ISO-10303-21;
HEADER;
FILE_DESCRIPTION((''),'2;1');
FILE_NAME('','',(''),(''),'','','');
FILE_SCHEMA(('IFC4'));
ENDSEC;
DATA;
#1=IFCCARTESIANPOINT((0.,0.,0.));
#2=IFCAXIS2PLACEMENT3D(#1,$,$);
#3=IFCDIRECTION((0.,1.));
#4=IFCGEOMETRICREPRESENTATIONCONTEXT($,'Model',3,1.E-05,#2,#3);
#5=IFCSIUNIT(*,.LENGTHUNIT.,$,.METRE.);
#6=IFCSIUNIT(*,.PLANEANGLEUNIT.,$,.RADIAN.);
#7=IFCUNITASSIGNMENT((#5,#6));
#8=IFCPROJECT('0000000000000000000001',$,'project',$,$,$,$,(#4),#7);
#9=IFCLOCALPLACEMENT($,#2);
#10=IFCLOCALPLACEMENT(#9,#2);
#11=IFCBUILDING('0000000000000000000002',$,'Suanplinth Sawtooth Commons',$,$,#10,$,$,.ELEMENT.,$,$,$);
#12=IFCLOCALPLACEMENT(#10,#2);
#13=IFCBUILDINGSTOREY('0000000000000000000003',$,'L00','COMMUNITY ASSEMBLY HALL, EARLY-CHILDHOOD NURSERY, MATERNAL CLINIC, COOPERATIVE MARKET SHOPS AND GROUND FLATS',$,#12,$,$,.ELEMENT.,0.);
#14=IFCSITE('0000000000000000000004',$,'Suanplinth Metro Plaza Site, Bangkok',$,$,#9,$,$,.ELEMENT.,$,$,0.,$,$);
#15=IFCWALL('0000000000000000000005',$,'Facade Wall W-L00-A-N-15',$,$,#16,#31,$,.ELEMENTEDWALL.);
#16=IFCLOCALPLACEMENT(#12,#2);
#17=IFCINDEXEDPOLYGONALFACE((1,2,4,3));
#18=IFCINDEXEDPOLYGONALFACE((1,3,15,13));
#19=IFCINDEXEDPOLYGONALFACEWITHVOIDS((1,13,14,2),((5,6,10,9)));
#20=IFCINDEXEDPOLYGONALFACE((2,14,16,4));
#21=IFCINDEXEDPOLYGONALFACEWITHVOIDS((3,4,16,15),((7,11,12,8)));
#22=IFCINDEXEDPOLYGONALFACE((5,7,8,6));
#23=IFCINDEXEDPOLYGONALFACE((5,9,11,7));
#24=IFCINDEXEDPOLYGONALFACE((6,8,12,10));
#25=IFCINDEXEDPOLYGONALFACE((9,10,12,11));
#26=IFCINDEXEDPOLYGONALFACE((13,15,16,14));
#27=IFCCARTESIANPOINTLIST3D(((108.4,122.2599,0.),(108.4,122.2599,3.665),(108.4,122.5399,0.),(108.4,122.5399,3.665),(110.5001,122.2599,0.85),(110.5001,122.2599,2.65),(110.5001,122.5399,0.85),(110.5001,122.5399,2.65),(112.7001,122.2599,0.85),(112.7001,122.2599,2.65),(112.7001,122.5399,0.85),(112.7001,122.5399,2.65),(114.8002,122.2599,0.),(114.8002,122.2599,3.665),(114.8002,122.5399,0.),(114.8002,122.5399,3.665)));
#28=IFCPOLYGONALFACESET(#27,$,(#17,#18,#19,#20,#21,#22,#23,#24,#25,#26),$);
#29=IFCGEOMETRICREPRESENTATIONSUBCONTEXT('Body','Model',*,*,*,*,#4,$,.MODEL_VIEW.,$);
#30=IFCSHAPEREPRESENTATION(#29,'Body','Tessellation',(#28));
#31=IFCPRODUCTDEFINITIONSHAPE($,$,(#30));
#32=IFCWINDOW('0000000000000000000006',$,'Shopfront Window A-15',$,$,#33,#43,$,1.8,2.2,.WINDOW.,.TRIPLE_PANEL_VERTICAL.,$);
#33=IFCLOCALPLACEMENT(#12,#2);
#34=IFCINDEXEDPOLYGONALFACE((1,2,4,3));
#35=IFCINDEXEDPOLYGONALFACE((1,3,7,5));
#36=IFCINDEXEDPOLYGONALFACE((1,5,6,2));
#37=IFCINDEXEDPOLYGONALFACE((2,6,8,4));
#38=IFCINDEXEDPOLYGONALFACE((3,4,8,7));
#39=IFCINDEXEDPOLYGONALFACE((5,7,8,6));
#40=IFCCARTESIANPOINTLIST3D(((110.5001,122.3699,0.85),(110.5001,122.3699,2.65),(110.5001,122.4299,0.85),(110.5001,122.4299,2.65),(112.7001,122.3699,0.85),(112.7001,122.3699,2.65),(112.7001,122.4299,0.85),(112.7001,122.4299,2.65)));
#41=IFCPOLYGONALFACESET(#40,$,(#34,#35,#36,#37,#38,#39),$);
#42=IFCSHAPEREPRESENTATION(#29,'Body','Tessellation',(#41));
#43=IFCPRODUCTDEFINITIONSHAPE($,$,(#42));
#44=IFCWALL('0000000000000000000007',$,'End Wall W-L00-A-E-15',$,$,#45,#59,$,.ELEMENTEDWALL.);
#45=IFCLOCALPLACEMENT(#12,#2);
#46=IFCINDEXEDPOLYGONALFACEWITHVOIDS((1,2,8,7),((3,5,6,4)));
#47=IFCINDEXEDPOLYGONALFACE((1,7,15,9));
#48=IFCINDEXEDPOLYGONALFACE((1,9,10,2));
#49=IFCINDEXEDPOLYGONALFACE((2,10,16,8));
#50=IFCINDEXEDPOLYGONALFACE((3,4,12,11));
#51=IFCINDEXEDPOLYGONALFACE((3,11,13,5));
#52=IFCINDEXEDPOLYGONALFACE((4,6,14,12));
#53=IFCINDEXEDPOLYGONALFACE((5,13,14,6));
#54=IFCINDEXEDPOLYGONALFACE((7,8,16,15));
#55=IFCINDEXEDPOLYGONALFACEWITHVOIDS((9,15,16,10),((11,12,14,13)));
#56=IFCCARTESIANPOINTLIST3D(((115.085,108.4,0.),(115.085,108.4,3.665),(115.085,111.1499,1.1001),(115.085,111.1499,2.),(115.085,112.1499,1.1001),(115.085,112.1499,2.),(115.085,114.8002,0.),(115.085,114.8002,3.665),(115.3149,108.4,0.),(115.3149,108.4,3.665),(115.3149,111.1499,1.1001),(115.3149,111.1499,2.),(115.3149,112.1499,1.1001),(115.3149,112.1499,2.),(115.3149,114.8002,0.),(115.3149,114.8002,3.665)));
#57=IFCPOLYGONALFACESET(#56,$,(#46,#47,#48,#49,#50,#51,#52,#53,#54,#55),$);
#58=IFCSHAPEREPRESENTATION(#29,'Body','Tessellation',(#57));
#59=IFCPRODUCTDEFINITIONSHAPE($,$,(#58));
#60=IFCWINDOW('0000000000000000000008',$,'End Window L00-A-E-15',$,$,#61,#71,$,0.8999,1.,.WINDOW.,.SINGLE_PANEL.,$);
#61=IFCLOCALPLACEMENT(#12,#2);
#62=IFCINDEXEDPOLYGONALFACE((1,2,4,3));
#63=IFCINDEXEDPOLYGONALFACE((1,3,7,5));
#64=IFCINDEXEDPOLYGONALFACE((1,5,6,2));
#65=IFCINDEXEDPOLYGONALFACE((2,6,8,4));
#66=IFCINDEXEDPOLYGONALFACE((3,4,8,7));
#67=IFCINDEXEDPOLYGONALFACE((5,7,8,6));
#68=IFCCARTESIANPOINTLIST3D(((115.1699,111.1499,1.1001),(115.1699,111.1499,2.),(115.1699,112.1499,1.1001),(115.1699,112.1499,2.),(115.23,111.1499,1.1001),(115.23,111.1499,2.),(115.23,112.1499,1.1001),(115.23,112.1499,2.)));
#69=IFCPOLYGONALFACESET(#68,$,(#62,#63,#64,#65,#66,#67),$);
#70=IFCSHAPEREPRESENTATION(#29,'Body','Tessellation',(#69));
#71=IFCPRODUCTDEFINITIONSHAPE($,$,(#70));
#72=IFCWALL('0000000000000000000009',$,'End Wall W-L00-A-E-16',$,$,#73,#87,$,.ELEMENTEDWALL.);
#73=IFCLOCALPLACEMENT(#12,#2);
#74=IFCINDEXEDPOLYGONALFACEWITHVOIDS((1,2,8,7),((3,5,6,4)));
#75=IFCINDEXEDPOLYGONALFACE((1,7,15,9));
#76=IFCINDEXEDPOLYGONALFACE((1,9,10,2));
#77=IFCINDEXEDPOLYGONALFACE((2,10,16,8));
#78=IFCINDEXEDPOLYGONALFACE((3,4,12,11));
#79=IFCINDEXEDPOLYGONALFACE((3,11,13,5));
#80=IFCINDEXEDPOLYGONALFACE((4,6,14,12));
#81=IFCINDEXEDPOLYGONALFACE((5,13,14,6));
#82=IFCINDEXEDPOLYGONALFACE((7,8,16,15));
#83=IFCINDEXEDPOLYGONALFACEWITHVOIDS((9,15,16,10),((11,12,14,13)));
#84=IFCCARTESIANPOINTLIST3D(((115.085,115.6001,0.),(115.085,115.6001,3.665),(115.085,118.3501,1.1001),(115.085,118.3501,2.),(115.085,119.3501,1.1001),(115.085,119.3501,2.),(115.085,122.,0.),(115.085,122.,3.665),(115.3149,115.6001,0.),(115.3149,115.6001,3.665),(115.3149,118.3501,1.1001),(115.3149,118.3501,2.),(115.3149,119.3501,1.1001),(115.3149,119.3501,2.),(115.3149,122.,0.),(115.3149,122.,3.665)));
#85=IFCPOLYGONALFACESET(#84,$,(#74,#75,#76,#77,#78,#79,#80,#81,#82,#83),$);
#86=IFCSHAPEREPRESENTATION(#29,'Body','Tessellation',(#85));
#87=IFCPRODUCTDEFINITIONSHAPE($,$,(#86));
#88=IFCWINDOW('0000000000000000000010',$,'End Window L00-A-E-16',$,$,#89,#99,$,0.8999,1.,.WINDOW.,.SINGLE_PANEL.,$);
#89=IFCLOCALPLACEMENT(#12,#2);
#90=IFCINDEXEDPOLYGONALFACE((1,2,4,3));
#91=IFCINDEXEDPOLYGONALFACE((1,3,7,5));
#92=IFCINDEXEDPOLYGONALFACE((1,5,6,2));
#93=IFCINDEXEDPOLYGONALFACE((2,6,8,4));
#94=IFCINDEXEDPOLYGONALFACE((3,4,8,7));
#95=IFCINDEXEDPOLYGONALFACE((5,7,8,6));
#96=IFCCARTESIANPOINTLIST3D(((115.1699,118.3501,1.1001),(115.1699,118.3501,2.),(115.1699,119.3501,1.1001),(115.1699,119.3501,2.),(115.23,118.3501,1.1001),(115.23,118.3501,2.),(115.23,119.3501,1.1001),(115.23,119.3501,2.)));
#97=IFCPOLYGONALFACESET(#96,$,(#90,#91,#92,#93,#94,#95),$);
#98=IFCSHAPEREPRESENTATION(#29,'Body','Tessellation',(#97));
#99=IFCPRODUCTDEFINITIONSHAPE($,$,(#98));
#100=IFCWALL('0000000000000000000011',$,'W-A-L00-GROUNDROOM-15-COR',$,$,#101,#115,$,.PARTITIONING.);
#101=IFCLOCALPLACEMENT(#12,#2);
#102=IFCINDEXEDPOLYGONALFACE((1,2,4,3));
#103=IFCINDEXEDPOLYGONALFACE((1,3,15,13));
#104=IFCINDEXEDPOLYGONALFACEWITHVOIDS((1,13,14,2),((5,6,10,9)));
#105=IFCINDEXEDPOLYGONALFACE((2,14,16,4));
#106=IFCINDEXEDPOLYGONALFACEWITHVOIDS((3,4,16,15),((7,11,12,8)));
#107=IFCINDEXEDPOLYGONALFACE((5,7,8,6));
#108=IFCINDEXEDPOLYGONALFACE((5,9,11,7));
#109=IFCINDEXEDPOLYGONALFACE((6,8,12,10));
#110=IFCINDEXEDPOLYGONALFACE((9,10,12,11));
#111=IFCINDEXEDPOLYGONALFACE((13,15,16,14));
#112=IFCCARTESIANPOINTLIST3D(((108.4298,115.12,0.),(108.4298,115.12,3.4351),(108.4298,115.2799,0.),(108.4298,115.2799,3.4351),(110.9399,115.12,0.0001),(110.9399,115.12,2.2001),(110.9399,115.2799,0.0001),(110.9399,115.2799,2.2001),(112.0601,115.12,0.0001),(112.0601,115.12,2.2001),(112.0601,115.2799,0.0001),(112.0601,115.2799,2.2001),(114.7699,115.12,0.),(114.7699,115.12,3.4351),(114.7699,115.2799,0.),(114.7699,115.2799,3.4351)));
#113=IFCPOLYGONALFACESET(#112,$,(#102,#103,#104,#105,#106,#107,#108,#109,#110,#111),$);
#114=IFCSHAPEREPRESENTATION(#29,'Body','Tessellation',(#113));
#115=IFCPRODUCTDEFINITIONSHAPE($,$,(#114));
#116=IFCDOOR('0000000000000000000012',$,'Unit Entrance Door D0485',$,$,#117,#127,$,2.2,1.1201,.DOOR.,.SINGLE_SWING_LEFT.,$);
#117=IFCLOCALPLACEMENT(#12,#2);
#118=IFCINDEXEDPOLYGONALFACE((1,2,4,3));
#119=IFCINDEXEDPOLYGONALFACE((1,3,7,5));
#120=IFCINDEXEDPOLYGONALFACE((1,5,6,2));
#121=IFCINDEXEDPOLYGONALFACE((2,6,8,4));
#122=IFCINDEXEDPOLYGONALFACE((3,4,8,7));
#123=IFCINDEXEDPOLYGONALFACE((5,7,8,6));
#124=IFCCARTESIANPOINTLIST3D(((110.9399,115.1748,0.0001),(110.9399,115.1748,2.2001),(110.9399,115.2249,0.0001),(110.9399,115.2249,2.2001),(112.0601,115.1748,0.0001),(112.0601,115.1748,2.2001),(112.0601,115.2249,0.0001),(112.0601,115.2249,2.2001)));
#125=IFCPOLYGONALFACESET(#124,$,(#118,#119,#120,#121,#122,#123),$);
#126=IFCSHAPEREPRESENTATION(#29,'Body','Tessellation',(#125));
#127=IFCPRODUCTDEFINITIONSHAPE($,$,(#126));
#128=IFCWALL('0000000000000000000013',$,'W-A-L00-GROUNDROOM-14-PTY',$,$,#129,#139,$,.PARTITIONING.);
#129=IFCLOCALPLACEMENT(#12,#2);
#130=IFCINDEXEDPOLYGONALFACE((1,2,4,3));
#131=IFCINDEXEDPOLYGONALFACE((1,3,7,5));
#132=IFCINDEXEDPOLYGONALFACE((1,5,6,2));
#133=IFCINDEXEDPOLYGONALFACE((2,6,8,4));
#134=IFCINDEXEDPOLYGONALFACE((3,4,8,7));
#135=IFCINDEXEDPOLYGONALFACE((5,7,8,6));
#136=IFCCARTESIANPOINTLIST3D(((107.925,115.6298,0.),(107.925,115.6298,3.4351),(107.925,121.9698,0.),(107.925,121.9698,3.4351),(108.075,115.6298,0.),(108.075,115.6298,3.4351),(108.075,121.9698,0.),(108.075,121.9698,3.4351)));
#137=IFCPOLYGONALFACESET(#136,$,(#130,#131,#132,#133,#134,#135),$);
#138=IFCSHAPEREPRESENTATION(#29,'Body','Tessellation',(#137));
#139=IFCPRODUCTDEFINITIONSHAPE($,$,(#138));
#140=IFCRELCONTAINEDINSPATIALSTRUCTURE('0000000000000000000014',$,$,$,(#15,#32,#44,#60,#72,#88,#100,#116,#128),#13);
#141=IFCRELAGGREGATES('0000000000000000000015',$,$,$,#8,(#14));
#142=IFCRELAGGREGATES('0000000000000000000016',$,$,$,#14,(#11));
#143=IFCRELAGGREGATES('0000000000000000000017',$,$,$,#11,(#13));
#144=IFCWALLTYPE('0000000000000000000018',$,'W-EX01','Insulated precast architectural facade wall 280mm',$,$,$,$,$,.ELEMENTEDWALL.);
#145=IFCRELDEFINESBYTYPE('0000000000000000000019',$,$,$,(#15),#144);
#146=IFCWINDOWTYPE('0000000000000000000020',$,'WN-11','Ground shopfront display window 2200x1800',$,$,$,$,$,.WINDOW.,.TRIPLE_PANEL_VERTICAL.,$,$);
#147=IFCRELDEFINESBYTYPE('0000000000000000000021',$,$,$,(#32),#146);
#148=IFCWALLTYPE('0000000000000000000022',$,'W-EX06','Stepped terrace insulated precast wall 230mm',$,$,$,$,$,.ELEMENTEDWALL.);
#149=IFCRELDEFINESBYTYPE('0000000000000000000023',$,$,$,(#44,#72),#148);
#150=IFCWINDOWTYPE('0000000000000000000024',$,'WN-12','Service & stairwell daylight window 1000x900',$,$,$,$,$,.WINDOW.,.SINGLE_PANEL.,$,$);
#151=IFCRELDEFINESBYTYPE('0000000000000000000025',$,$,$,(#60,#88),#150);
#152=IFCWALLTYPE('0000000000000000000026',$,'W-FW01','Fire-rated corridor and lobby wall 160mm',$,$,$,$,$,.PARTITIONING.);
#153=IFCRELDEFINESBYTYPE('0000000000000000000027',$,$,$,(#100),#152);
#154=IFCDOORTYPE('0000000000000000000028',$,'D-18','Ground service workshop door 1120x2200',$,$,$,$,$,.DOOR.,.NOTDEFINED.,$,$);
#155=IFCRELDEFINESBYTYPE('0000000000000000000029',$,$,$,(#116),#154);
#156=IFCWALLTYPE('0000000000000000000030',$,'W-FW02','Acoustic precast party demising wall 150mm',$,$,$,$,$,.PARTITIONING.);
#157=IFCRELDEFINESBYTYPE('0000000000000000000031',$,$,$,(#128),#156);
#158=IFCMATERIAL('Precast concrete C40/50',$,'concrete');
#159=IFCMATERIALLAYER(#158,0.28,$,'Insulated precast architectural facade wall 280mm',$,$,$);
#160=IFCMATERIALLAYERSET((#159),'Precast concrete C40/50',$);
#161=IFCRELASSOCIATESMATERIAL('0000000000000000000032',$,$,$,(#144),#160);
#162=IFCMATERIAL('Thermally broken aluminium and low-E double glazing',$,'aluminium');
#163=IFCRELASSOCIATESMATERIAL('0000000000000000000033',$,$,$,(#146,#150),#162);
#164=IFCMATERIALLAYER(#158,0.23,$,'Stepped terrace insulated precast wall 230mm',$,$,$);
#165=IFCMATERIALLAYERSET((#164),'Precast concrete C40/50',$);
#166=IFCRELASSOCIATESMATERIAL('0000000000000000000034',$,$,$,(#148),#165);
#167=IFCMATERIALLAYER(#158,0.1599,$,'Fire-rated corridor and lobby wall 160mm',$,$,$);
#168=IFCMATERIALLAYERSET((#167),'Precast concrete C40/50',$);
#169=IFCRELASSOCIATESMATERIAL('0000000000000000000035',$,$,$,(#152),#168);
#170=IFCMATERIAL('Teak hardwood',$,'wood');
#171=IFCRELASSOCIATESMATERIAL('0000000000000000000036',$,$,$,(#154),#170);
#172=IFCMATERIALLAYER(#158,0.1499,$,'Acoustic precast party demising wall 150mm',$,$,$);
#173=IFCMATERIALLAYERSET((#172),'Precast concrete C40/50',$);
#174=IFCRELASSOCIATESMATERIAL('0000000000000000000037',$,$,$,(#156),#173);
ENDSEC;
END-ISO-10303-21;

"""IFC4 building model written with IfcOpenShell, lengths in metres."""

from ifc_helpers import new_model, si_unit, direction, frame, frame_2d, origin, place, context, subcontext, project, spatial, rectangle, extrude, material, layer, layer_set, type_object, element, fill, save


model = new_model("IFC4")

# Units and contexts
model_context = context("Model", 3, precision=1e-05, world=origin(), true_north=direction((0.0, 1.0)))
body_context = subcontext(model_context, "Body", "Model", "MODEL_VIEW")
ifc_project = project(units=[si_unit("LENGTHUNIT", "METRE"), si_unit("PLANEANGLEUNIT", "RADIAN")], contexts=[model_context])

# Site, building, storey
site_placement = place(None, origin())
site = spatial("IfcSite", under=ifc_project, at=site_placement, Name="Suanplinth Metro Plaza Site, Bangkok", CompositionType="ELEMENT", RefElevation=0.0)
building_placement = place(site_placement, origin())
building = spatial("IfcBuilding", under=site, at=building_placement, Name="Suanplinth Sawtooth Commons", CompositionType="ELEMENT")
storey_placement = place(building_placement, origin())
storey = spatial("IfcBuildingStorey", under=building, at=storey_placement, Name="L00", Description="COMMUNITY ASSEMBLY HALL, EARLY-CHILDHOOD NURSERY, MATERNAL CLINIC, COOPERATIVE MARKET SHOPS AND GROUND FLATS", CompositionType="ELEMENT", Elevation=0.0)

# Shared definitions
ifc_material_1 = material(Name="Precast concrete C40/50", Category="concrete")

# Walls, openings, windows
ifc_layer_1 = layer(ifc_material_1, 0.28, Name="Insulated precast architectural facade wall 280mm")
ifc_layer_set_1 = layer_set([ifc_layer_1], Name="Precast concrete C40/50")
wall_type_1 = type_object("IfcWallType", Name="W-EX01", Description="Insulated precast architectural facade wall 280mm", PredefinedType="ELEMENTEDWALL", material=ifc_layer_set_1)
wall_1_placement = place(storey_placement, frame((108.3999, 122.3999, 0.0), z_axis=(0.0, 0.0, 1.0), x_axis=(1.0, 0.0, 0.0)))
wall_1 = element("IfcWall", 1, at=wall_1_placement, inside=storey, type_object=wall_type_1, Name="Facade Wall W-L00-A-N-15", PredefinedType="ELEMENTEDWALL", context=body_context, shape_type="SweptSolid", body=[
    extrude(rectangle(XDim=6.4001, YDim=0.28, at=frame_2d((3.2002, 0.0))), origin(), (0.0, 0.0, 1.0), 3.665),
])
opening_1_placement = place(wall_1_placement, frame((2.1001, 0.0, 0.8501)))
opening_1 = element("IfcOpeningElement", 2, at=opening_1_placement, cuts=wall_1, PredefinedType="OPENING", context=body_context, shape_type="SweptSolid", body=[
    extrude(rectangle(XDim=2.2, YDim=1.8, at=frame_2d((1.1001, 0.8999))), frame((0.0, 0.1548, 0.0), z_axis=(0.0, -1.0, 0.0), x_axis=(1.0, 0.0, 0.0)), (0.0, 0.0, 1.0), 0.3098),
])
ifc_material_2 = material(Name="Thermally broken aluminium and low-E double glazing", Category="aluminium")
window_type_1 = type_object("IfcWindowType", Name="WN-11", Description="Ground shopfront display window 2200x1800", PartitioningType="TRIPLE_PANEL_VERTICAL", PredefinedType="WINDOW", material=ifc_material_2)
window_1_placement = place(opening_1_placement, origin())
window_1 = element("IfcWindow", 3, at=window_1_placement, inside=storey, type_object=window_type_1, Name="Shopfront Window A-15", OverallHeight=1.8, OverallWidth=2.2, PartitioningType="TRIPLE_PANEL_VERTICAL", PredefinedType="WINDOW", context=body_context, shape_type="SweptSolid", body=[
    extrude(rectangle(XDim=2.2, YDim=1.8, at=frame_2d((1.1001, 0.8999))), frame((0.0, 0.03, 0.0), z_axis=(0.0, -1.0, 0.0), x_axis=(1.0, 0.0, 0.0)), (0.0, 0.0, 1.0), 0.0601),
])
fill(opening_1, window_1)
ifc_layer_2 = layer(ifc_material_1, 0.23, Name="Stepped terrace insulated precast wall 230mm")
ifc_layer_set_2 = layer_set([ifc_layer_2], Name="Precast concrete C40/50")
wall_type_2 = type_object("IfcWallType", Name="W-EX06", Description="Stepped terrace insulated precast wall 230mm", PredefinedType="ELEMENTEDWALL", material=ifc_layer_set_2)
wall_2_placement = place(storey_placement, frame((115.2, 108.3999, 0.0), z_axis=(0.0, 0.0, 1.0), x_axis=(0.0, 1.0, 0.0)))
wall_2 = element("IfcWall", 4, at=wall_2_placement, inside=storey, type_object=wall_type_2, Name="End Wall W-L00-A-E-15", PredefinedType="ELEMENTEDWALL", context=body_context, shape_type="SweptSolid", body=[
    extrude(rectangle(XDim=6.4001, YDim=0.23, at=frame_2d((3.2002, 0.0))), origin(), (0.0, 0.0, 1.0), 3.665),
])
opening_2_placement = place(wall_2_placement, frame((2.75, 0.0, 1.1001)))
opening_2 = element("IfcOpeningElement", 5, at=opening_2_placement, cuts=wall_2, PredefinedType="OPENING", context=body_context, shape_type="SweptSolid", body=[
    extrude(rectangle(XDim=1.0, YDim=0.8999, at=frame_2d((0.5, 0.45))), frame((0.0, 0.1299, 0.0), z_axis=(0.0, -1.0, 0.0), x_axis=(1.0, 0.0, 0.0)), (0.0, 0.0, 1.0), 0.2598),
])
window_type_2 = type_object("IfcWindowType", Name="WN-12", Description="Service & stairwell daylight window 1000x900", PartitioningType="SINGLE_PANEL", PredefinedType="WINDOW", material=ifc_material_2)
window_2_placement = place(opening_2_placement, origin())
window_2 = element("IfcWindow", 6, at=window_2_placement, inside=storey, type_object=window_type_2, Name="End Window L00-A-E-15", OverallHeight=0.8999, OverallWidth=1.0, PartitioningType="SINGLE_PANEL", PredefinedType="WINDOW", context=body_context, shape_type="SweptSolid", body=[
    extrude(rectangle(XDim=1.0, YDim=0.8999, at=frame_2d((0.5, 0.45))), frame((0.0, 0.03, 0.0), z_axis=(0.0, -1.0, 0.0), x_axis=(1.0, 0.0, 0.0)), (0.0, 0.0, 1.0), 0.0601),
])
fill(opening_2, window_2)
wall_3_placement = place(storey_placement, frame((115.2, 115.6001, 0.0), z_axis=(0.0, 0.0, 1.0), x_axis=(0.0, 1.0, 0.0)))
wall_3 = element("IfcWall", 7, at=wall_3_placement, inside=storey, type_object=wall_type_2, Name="End Wall W-L00-A-E-16", PredefinedType="ELEMENTEDWALL", context=body_context, shape_type="SweptSolid", body=[
    extrude(rectangle(XDim=6.3999, YDim=0.23, at=frame_2d((3.2, 0.0))), origin(), (0.0, 0.0, 1.0), 3.665),
])
opening_3_placement = place(wall_3_placement, frame((2.75, 0.0, 1.1001)))
opening_3 = element("IfcOpeningElement", 8, at=opening_3_placement, cuts=wall_3, PredefinedType="OPENING", context=body_context, shape_type="SweptSolid", body=[
    extrude(rectangle(XDim=1.0, YDim=0.8999, at=frame_2d((0.5, 0.45))), frame((0.0, 0.1299, 0.0), z_axis=(0.0, -1.0, 0.0), x_axis=(1.0, 0.0, 0.0)), (0.0, 0.0, 1.0), 0.2598),
])
window_3_placement = place(opening_3_placement, origin())
window_3 = element("IfcWindow", 9, at=window_3_placement, inside=storey, type_object=window_type_2, Name="End Window L00-A-E-16", OverallHeight=0.8999, OverallWidth=1.0, PartitioningType="SINGLE_PANEL", PredefinedType="WINDOW", context=body_context, shape_type="SweptSolid", body=[
    extrude(rectangle(XDim=1.0, YDim=0.8999, at=frame_2d((0.5, 0.45))), frame((0.0, 0.03, 0.0), z_axis=(0.0, -1.0, 0.0), x_axis=(1.0, 0.0, 0.0)), (0.0, 0.0, 1.0), 0.0601),
])
fill(opening_3, window_3)

# Wall, opening, door
ifc_layer_3 = layer(ifc_material_1, 0.1599, Name="Fire-rated corridor and lobby wall 160mm")
ifc_layer_set_3 = layer_set([ifc_layer_3], Name="Precast concrete C40/50")
wall_type_3 = type_object("IfcWallType", Name="W-FW01", Description="Fire-rated corridor and lobby wall 160mm", PredefinedType="PARTITIONING", material=ifc_layer_set_3)
wall_4_placement = place(storey_placement, frame((108.4299, 115.2, 0.0), z_axis=(0.0, 0.0, 1.0), x_axis=(1.0, 0.0, 0.0)))
wall_4 = element("IfcWall", 10, at=wall_4_placement, inside=storey, type_object=wall_type_3, Name="W-A-L00-GROUNDROOM-15-COR", PredefinedType="PARTITIONING", context=body_context, shape_type="SweptSolid", body=[
    extrude(rectangle(XDim=6.3401, YDim=0.1599, at=frame_2d((3.1699, 0.0))), origin(), (0.0, 0.0, 1.0), 3.4351),
])
opening_4_placement = place(wall_4_placement, frame((2.51, 0.0, 0.0)))
opening_4 = element("IfcOpeningElement", 11, at=opening_4_placement, cuts=wall_4, PredefinedType="OPENING", context=body_context, shape_type="SweptSolid", body=[
    extrude(rectangle(XDim=1.1201, YDim=2.2, at=frame_2d((0.5601, 1.1001))), frame((0.0, 0.0947, 0.0), z_axis=(0.0, -1.0, 0.0), x_axis=(1.0, 0.0, 0.0)), (0.0, 0.0, 1.0), 0.1897),
])
ifc_material_3 = material(Name="Teak hardwood", Category="wood")
door_type = type_object("IfcDoorType", Name="D-18", Description="Ground service workshop door 1120x2200", OperationType="NOTDEFINED", PredefinedType="DOOR", material=ifc_material_3)
door_placement = place(opening_4_placement, origin())
door = element("IfcDoor", 12, at=door_placement, inside=storey, type_object=door_type, Name="Unit Entrance Door D0485", OperationType="SINGLE_SWING_LEFT", OverallHeight=2.2, OverallWidth=1.1201, PredefinedType="DOOR", context=body_context, shape_type="SweptSolid", body=[
    extrude(rectangle(XDim=1.1201, YDim=2.2, at=frame_2d((0.5601, 1.1001))), frame((0.0, 0.0249, 0.0), z_axis=(0.0, -1.0, 0.0), x_axis=(1.0, 0.0, 0.0)), (0.0, 0.0, 1.0), 0.05),
])
fill(opening_4, door)

# Wall
ifc_layer_4 = layer(ifc_material_1, 0.1499, Name="Acoustic precast party demising wall 150mm")
ifc_layer_set_4 = layer_set([ifc_layer_4], Name="Precast concrete C40/50")
wall_type_4 = type_object("IfcWallType", Name="W-FW02", Description="Acoustic precast party demising wall 150mm", PredefinedType="PARTITIONING", material=ifc_layer_set_4)
wall_5_placement = place(storey_placement, frame((108.0, 115.6299, 0.0), z_axis=(0.0, 0.0, 1.0), x_axis=(0.0, 1.0, 0.0)))
element("IfcWall", 13, at=wall_5_placement, inside=storey, type_object=wall_type_4, Name="W-A-L00-GROUNDROOM-14-PTY", PredefinedType="PARTITIONING", context=body_context, shape_type="SweptSolid", body=[
    extrude(rectangle(XDim=6.3401, YDim=0.1499, at=frame_2d((3.1699, 0.0))), origin(), (0.0, 0.0, 1.0), 3.4351),
])

save(model, "model.ifc")
